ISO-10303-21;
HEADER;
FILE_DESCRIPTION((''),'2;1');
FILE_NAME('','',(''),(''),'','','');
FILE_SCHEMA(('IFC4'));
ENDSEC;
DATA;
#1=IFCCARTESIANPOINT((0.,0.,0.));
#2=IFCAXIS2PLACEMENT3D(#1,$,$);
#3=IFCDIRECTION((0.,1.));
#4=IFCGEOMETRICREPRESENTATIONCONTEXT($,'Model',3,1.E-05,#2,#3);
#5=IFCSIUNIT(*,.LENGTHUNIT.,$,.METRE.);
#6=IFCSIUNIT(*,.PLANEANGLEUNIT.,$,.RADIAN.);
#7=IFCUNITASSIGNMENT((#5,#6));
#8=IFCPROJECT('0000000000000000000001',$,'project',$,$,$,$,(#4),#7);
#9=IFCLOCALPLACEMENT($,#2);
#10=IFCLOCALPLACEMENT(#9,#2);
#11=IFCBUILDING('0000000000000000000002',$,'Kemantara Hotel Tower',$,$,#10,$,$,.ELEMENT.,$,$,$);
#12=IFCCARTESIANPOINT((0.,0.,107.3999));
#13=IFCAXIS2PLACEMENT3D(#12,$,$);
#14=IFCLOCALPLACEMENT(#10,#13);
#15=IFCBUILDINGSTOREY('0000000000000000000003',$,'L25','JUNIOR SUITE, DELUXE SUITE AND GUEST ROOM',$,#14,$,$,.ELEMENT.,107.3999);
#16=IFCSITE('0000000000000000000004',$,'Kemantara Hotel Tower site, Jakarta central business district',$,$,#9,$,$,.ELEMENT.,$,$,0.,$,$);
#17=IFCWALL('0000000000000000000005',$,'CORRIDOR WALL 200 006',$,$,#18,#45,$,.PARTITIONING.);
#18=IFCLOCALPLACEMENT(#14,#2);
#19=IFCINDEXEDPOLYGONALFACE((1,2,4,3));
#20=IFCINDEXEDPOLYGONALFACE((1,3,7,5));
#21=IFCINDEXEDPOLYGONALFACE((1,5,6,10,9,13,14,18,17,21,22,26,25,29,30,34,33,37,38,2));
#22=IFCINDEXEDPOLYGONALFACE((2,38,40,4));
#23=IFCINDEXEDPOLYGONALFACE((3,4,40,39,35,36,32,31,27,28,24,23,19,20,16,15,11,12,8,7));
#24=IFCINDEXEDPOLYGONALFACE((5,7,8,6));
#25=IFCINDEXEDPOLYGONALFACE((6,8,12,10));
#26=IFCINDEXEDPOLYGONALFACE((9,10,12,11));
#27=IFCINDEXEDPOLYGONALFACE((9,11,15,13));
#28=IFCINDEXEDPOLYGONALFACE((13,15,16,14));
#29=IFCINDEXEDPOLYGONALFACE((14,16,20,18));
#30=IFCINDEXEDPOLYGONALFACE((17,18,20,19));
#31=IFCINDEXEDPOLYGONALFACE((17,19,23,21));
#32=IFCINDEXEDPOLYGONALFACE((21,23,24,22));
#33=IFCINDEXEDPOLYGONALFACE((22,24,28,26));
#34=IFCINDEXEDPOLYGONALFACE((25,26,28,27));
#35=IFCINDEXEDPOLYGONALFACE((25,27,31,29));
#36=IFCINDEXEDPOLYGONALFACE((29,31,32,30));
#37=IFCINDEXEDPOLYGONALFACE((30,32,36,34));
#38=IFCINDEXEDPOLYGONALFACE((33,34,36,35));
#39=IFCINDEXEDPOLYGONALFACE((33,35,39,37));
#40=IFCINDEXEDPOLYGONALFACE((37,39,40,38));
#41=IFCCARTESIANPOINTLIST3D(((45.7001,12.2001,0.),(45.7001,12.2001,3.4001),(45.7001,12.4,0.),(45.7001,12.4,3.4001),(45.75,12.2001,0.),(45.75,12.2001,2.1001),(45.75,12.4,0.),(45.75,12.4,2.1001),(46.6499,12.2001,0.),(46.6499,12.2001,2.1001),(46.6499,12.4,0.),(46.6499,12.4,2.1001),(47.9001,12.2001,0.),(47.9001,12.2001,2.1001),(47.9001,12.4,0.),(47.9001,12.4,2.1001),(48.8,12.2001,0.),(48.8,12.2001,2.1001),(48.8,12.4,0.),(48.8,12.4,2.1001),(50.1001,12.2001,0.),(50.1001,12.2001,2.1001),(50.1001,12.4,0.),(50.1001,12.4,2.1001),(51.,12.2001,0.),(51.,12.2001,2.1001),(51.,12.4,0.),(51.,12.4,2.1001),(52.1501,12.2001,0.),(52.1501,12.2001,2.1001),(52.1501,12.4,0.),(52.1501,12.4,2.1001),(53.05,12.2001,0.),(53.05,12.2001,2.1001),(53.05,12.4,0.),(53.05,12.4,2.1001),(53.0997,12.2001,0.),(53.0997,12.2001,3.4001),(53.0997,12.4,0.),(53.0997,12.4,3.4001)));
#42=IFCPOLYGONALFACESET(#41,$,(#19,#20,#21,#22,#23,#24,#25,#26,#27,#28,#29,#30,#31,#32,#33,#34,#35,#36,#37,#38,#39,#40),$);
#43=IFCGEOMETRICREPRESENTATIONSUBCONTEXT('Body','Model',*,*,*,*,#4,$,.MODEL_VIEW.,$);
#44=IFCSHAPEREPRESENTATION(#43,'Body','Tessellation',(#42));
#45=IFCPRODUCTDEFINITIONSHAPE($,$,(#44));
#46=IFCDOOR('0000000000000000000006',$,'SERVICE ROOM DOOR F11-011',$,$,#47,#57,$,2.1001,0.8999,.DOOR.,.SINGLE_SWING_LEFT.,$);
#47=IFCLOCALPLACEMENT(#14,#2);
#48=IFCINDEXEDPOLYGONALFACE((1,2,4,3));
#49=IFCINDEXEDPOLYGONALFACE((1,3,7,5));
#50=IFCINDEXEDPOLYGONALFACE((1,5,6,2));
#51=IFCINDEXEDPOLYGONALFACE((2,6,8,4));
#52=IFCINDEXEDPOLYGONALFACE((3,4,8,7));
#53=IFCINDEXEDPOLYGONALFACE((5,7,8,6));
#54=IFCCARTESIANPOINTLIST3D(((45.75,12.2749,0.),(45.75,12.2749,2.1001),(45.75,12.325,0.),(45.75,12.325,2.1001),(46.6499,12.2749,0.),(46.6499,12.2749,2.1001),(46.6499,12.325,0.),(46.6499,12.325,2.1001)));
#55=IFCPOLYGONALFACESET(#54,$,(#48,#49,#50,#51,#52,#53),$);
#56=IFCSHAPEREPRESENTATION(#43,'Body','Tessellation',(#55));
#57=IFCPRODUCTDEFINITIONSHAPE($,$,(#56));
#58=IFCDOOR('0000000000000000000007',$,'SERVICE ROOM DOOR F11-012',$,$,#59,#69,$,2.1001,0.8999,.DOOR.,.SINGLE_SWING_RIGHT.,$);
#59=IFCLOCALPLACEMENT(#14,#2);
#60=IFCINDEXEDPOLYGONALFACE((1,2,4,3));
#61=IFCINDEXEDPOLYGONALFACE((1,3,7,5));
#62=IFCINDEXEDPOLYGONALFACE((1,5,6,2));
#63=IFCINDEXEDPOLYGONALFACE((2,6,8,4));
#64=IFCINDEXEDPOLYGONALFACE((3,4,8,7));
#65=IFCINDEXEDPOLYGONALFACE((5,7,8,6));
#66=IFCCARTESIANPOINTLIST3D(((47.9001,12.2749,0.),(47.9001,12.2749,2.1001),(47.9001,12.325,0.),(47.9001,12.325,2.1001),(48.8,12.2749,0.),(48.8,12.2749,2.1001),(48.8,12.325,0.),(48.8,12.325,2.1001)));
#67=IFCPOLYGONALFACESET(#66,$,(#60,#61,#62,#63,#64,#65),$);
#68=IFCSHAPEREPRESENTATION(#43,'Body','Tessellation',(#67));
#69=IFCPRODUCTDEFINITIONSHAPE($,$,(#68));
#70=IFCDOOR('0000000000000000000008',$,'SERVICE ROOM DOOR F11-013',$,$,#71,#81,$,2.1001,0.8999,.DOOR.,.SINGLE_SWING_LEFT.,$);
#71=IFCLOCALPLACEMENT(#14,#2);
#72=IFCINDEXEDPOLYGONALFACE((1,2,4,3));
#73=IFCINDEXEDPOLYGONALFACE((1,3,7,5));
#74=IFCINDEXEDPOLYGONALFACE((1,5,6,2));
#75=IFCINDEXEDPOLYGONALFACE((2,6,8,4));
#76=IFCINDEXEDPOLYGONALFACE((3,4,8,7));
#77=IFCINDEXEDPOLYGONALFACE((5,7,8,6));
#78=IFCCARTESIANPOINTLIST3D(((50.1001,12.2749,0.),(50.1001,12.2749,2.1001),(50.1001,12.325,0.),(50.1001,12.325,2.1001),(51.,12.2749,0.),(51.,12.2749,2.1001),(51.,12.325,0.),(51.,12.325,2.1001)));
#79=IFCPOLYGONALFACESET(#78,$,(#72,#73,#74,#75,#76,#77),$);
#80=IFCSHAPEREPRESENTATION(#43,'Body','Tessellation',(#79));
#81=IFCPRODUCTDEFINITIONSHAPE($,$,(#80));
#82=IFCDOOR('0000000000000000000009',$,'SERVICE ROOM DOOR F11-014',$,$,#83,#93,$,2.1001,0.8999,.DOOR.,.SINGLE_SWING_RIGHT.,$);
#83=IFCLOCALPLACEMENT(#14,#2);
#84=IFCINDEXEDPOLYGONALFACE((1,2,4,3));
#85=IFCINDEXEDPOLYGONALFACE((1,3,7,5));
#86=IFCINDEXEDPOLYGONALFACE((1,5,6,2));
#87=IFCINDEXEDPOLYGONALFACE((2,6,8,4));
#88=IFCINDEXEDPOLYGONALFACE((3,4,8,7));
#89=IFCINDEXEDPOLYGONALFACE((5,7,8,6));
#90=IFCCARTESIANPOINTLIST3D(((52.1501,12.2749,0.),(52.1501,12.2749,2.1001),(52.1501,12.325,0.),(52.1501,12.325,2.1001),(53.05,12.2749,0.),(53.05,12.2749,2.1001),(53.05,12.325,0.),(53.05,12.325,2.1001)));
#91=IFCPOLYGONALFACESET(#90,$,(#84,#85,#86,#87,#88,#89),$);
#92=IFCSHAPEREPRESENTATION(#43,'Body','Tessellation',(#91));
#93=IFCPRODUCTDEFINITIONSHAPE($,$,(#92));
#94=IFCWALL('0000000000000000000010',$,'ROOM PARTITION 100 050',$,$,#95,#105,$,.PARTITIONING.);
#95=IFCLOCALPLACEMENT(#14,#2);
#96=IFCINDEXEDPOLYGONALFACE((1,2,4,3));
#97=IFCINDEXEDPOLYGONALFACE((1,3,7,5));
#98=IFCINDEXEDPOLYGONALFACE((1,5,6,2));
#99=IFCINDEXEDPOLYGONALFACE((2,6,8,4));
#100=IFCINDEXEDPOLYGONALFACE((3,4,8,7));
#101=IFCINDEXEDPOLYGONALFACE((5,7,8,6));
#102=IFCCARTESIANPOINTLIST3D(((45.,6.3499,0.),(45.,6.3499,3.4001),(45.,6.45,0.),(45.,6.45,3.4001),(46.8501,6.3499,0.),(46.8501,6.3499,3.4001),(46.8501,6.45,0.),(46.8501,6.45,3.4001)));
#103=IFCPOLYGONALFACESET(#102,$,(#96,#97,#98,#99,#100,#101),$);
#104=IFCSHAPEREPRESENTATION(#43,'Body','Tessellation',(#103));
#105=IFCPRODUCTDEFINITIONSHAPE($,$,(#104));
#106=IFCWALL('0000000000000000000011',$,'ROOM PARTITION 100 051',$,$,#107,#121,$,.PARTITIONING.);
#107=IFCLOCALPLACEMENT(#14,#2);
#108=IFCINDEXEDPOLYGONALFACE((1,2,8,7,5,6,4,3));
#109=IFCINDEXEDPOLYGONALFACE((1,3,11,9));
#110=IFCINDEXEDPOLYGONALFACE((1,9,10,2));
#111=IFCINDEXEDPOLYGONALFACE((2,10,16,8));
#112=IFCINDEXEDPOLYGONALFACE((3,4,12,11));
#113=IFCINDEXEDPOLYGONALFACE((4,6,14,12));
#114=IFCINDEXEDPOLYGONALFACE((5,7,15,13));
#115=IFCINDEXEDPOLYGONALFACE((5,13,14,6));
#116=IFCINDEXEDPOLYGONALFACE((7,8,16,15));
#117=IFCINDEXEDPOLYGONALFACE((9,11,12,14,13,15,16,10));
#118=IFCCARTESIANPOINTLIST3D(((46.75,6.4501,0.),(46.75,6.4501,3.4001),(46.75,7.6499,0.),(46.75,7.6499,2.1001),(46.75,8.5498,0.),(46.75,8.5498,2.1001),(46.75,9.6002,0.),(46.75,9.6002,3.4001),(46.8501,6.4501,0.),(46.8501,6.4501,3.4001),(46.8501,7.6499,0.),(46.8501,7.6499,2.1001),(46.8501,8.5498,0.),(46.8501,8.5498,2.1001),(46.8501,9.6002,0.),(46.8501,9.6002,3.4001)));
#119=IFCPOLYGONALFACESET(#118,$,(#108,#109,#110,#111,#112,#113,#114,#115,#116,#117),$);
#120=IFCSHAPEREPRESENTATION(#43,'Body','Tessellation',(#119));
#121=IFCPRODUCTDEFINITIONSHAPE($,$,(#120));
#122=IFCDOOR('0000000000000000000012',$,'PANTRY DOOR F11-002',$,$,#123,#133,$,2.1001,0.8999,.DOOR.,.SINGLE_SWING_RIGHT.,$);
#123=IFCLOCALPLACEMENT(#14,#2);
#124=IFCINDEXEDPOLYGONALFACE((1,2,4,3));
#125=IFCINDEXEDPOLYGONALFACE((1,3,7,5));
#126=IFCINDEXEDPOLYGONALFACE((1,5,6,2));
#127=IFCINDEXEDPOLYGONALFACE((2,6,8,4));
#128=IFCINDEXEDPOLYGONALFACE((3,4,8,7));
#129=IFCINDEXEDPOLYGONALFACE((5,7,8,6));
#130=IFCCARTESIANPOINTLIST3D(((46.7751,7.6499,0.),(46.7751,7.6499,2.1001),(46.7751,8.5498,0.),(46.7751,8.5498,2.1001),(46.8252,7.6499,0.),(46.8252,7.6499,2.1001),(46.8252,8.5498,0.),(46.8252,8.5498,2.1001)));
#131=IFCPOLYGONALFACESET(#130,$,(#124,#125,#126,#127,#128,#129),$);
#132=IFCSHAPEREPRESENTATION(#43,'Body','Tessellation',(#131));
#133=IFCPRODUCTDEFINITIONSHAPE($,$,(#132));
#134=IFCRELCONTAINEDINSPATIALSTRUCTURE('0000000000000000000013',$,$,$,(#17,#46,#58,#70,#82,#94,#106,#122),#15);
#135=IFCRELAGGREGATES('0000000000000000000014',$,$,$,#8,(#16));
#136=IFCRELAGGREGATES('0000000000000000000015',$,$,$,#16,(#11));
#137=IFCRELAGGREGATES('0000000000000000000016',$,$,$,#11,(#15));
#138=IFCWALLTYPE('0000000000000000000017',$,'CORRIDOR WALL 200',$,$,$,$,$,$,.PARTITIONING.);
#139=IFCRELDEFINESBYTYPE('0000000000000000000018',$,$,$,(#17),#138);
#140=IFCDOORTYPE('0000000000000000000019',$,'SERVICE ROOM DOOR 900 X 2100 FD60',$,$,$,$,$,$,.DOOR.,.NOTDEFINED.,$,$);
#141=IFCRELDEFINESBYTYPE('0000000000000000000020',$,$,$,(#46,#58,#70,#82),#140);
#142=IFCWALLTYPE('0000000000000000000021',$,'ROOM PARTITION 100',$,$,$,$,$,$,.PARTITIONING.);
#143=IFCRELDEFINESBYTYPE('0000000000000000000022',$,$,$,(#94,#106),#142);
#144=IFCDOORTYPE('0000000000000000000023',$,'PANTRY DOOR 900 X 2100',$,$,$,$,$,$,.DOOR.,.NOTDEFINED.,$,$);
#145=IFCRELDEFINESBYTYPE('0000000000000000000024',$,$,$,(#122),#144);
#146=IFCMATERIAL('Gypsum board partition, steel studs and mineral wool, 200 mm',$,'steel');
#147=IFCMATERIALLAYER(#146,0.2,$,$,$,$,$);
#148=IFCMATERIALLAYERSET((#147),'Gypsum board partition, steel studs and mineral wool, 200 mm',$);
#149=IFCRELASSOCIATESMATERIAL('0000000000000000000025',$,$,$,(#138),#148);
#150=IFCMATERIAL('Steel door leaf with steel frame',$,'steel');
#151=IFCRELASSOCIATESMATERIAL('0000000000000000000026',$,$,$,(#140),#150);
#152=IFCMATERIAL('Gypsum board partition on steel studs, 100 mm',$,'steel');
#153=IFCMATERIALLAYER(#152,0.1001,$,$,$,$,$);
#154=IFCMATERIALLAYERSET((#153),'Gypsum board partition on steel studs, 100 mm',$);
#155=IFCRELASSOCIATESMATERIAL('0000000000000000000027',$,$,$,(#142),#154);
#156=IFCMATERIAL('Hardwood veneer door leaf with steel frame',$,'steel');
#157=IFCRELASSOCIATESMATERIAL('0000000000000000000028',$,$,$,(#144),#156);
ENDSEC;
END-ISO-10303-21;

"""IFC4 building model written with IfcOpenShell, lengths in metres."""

from ifc_helpers import new_model, si_unit, direction, frame, frame_2d, origin, place, context, subcontext, project, spatial, rectangle, extrude, material, layer, layer_set, type_object, element, fill, save


model = new_model("IFC4")

# Units and contexts
model_context = context("Model", 3, precision=1e-05, world=origin(), true_north=direction((0.0, 1.0)))
body_context = subcontext(model_context, "Body", "Model", "MODEL_VIEW")
ifc_project = project(units=[si_unit("LENGTHUNIT", "METRE"), si_unit("PLANEANGLEUNIT", "RADIAN")], contexts=[model_context])

# Site, building, storey
site_placement = place(None, origin())
site = spatial("IfcSite", under=ifc_project, at=site_placement, Name="Kemantara Hotel Tower site, Jakarta central business district", CompositionType="ELEMENT", RefElevation=0.0)
building_placement = place(site_placement, origin())
building = spatial("IfcBuilding", under=site, at=building_placement, Name="Kemantara Hotel Tower", CompositionType="ELEMENT")
storey_placement = place(building_placement, frame((0.0, 0.0, 107.3999)))
storey = spatial("IfcBuildingStorey", under=building, at=storey_placement, Name="L25", Description="JUNIOR SUITE, DELUXE SUITE AND GUEST ROOM", CompositionType="ELEMENT", Elevation=107.3999)

# Shared definitions
ifc_material_1 = material(Name="Gypsum board partition, steel studs and mineral wool, 200 mm", Category="steel")
ifc_layer_1 = layer(ifc_material_1, 0.2)
ifc_layer_set_1 = layer_set([ifc_layer_1], Name="Gypsum board partition, steel studs and mineral wool, 200 mm")
wall_type_1 = type_object("IfcWallType", Name="CORRIDOR WALL 200", PredefinedType="PARTITIONING", material=ifc_layer_set_1)

# Wall, openings, doors
wall_1_placement = place(storey_placement, frame((45.7002, 12.3, 0.0), z_axis=(0.0, 0.0, 1.0), x_axis=(1.0, 0.0, 0.0)))
wall_1 = element("IfcWall", 1, at=wall_1_placement, inside=storey, type_object=wall_type_1, Name="CORRIDOR WALL 200 006", PredefinedType="PARTITIONING", context=body_context, shape_type="SweptSolid", body=[
    extrude(rectangle(XDim=7.3997, YDim=0.2, at=frame_2d((3.6997, 0.0))), origin(), (0.0, 0.0, 1.0), 3.4001),
])
opening_1_placement = place(wall_1_placement, frame((0.0498, 0.0, 0.0)))
opening_1 = element("IfcOpeningElement", 2, at=opening_1_placement, cuts=wall_1, PredefinedType="OPENING", context=body_context, shape_type="SweptSolid", body=[
    extrude(rectangle(XDim=0.8999, YDim=2.1001, at=frame_2d((0.45, 1.05))), frame((0.0, 0.1099, 0.0), z_axis=(0.0, -1.0, 0.0), x_axis=(1.0, 0.0, 0.0)), (0.0, 0.0, 1.0), 0.22),
])
opening_2_placement = place(wall_1_placement, frame((2.2, 0.0, 0.0)))
opening_2 = element("IfcOpeningElement", 3, at=opening_2_placement, cuts=wall_1, PredefinedType="OPENING", context=body_context, shape_type="SweptSolid", body=[
    extrude(rectangle(XDim=0.8999, YDim=2.1001, at=frame_2d((0.45, 1.05))), frame((0.0, 0.1099, 0.0), z_axis=(0.0, -1.0, 0.0), x_axis=(1.0, 0.0, 0.0)), (0.0, 0.0, 1.0), 0.22),
])
opening_3_placement = place(wall_1_placement, frame((4.3999, 0.0, 0.0)))
opening_3 = element("IfcOpeningElement", 4, at=opening_3_placement, cuts=wall_1, PredefinedType="OPENING", context=body_context, shape_type="SweptSolid", body=[
    extrude(rectangle(XDim=0.8999, YDim=2.1001, at=frame_2d((0.45, 1.05))), frame((0.0, 0.1099, 0.0), z_axis=(0.0, -1.0, 0.0), x_axis=(1.0, 0.0, 0.0)), (0.0, 0.0, 1.0), 0.22),
])
opening_4_placement = place(wall_1_placement, frame((6.45, 0.0, 0.0)))
opening_4 = element("IfcOpeningElement", 5, at=opening_4_placement, cuts=wall_1, PredefinedType="OPENING", context=body_context, shape_type="SweptSolid", body=[
    extrude(rectangle(XDim=0.8999, YDim=2.1001, at=frame_2d((0.45, 1.05))), frame((0.0, 0.1099, 0.0), z_axis=(0.0, -1.0, 0.0), x_axis=(1.0, 0.0, 0.0)), (0.0, 0.0, 1.0), 0.22),
])
ifc_material_2 = material(Name="Steel door leaf with steel frame", Category="steel")
door_type_1 = type_object("IfcDoorType", Name="SERVICE ROOM DOOR 900 X 2100 FD60", OperationType="NOTDEFINED", PredefinedType="DOOR", material=ifc_material_2)
door_1_placement = place(opening_1_placement, origin())
door_1 = element("IfcDoor", 6, at=door_1_placement, inside=storey, type_object=door_type_1, Name="SERVICE ROOM DOOR F11-011", OperationType="SINGLE_SWING_LEFT", OverallHeight=2.1001, OverallWidth=0.8999, PredefinedType="DOOR", context=body_context, shape_type="SweptSolid", body=[
    extrude(rectangle(XDim=0.8999, YDim=2.1001, at=frame_2d((0.45, 1.05))), frame((0.0, 0.0249, 0.0), z_axis=(0.0, -1.0, 0.0), x_axis=(1.0, 0.0, 0.0)), (0.0, 0.0, 1.0), 0.05),
])
fill(opening_1, door_1)
door_2_placement = place(opening_2_placement, origin())
door_2 = element("IfcDoor", 7, at=door_2_placement, inside=storey, type_object=door_type_1, Name="SERVICE ROOM DOOR F11-012", OperationType="SINGLE_SWING_RIGHT", OverallHeight=2.1001, OverallWidth=0.8999, PredefinedType="DOOR", context=body_context, shape_type="SweptSolid", body=[
    extrude(rectangle(XDim=0.8999, YDim=2.1001, at=frame_2d((0.45, 1.05))), frame((0.0, 0.0249, 0.0), z_axis=(0.0, -1.0, 0.0), x_axis=(1.0, 0.0, 0.0)), (0.0, 0.0, 1.0), 0.05),
])
fill(opening_2, door_2)
door_3_placement = place(opening_3_placement, origin())
door_3 = element("IfcDoor", 8, at=door_3_placement, inside=storey, type_object=door_type_1, Name="SERVICE ROOM DOOR F11-013", OperationType="SINGLE_SWING_LEFT", OverallHeight=2.1001, OverallWidth=0.8999, PredefinedType="DOOR", context=body_context, shape_type="SweptSolid", body=[
    extrude(rectangle(XDim=0.8999, YDim=2.1001, at=frame_2d((0.45, 1.05))), frame((0.0, 0.0249, 0.0), z_axis=(0.0, -1.0, 0.0), x_axis=(1.0, 0.0, 0.0)), (0.0, 0.0, 1.0), 0.05),
])
fill(opening_3, door_3)
door_4_placement = place(opening_4_placement, origin())
door_4 = element("IfcDoor", 9, at=door_4_placement, inside=storey, type_object=door_type_1, Name="SERVICE ROOM DOOR F11-014", OperationType="SINGLE_SWING_RIGHT", OverallHeight=2.1001, OverallWidth=0.8999, PredefinedType="DOOR", context=body_context, shape_type="SweptSolid", body=[
    extrude(rectangle(XDim=0.8999, YDim=2.1001, at=frame_2d((0.45, 1.05))), frame((0.0, 0.0249, 0.0), z_axis=(0.0, -1.0, 0.0), x_axis=(1.0, 0.0, 0.0)), (0.0, 0.0, 1.0), 0.05),
])
fill(opening_4, door_4)

# Wall
ifc_material_3 = material(Name="Gypsum board partition on steel studs, 100 mm", Category="steel")
ifc_layer_2 = layer(ifc_material_3, 0.1001)
ifc_layer_set_2 = layer_set([ifc_layer_2], Name="Gypsum board partition on steel studs, 100 mm")
wall_type_2 = type_object("IfcWallType", Name="ROOM PARTITION 100", PredefinedType="PARTITIONING", material=ifc_layer_set_2)
wall_2_placement = place(storey_placement, frame((45.0, 6.3999, 0.0), z_axis=(0.0, 0.0, 1.0), x_axis=(1.0, 0.0, 0.0)))
element("IfcWall", 10, at=wall_2_placement, inside=storey, type_object=wall_type_2, Name="ROOM PARTITION 100 050", PredefinedType="PARTITIONING", context=body_context, shape_type="SweptSolid", body=[
    extrude(rectangle(XDim=1.8501, YDim=0.1001, at=frame_2d((0.925, 0.0))), origin(), (0.0, 0.0, 1.0), 3.4001),
])

# Wall, opening, door
wall_3_placement = place(storey_placement, frame((46.8, 6.45, 0.0), z_axis=(0.0, 0.0, 1.0), x_axis=(0.0, 1.0, 0.0)))
wall_3 = element("IfcWall", 11, at=wall_3_placement, inside=storey, type_object=wall_type_2, Name="ROOM PARTITION 100 051", PredefinedType="PARTITIONING", context=body_context, shape_type="SweptSolid", body=[
    extrude(rectangle(XDim=3.1501, YDim=0.1001, at=frame_2d((1.5752, 0.0))), origin(), (0.0, 0.0, 1.0), 3.4001),
])
opening_5_placement = place(wall_3_placement, frame((1.2, 0.0, 0.0)))
opening_5 = element("IfcOpeningElement", 12, at=opening_5_placement, cuts=wall_3, PredefinedType="OPENING", context=body_context, shape_type="SweptSolid", body=[
    extrude(rectangle(XDim=0.8999, YDim=2.1001, at=frame_2d((0.45, 1.05))), frame((0.0, 0.0601, 0.0), z_axis=(0.0, -1.0, 0.0), x_axis=(1.0, 0.0, 0.0)), (0.0, 0.0, 1.0), 0.1201),
])
ifc_material_4 = material(Name="Hardwood veneer door leaf with steel frame", Category="steel")
door_type_2 = type_object("IfcDoorType", Name="PANTRY DOOR 900 X 2100", OperationType="NOTDEFINED", PredefinedType="DOOR", material=ifc_material_4)
door_5_placement = place(opening_5_placement, origin())
door_5 = element("IfcDoor", 13, at=door_5_placement, inside=storey, type_object=door_type_2, Name="PANTRY DOOR F11-002", OperationType="SINGLE_SWING_RIGHT", OverallHeight=2.1001, OverallWidth=0.8999, PredefinedType="DOOR", context=body_context, shape_type="SweptSolid", body=[
    extrude(rectangle(XDim=0.8999, YDim=2.1001, at=frame_2d((0.45, 1.05))), frame((0.0, 0.0249, 0.0), z_axis=(0.0, -1.0, 0.0), x_axis=(1.0, 0.0, 0.0)), (0.0, 0.0, 1.0), 0.05),
])
fill(opening_5, door_5)

save(model, "model.ifc")
